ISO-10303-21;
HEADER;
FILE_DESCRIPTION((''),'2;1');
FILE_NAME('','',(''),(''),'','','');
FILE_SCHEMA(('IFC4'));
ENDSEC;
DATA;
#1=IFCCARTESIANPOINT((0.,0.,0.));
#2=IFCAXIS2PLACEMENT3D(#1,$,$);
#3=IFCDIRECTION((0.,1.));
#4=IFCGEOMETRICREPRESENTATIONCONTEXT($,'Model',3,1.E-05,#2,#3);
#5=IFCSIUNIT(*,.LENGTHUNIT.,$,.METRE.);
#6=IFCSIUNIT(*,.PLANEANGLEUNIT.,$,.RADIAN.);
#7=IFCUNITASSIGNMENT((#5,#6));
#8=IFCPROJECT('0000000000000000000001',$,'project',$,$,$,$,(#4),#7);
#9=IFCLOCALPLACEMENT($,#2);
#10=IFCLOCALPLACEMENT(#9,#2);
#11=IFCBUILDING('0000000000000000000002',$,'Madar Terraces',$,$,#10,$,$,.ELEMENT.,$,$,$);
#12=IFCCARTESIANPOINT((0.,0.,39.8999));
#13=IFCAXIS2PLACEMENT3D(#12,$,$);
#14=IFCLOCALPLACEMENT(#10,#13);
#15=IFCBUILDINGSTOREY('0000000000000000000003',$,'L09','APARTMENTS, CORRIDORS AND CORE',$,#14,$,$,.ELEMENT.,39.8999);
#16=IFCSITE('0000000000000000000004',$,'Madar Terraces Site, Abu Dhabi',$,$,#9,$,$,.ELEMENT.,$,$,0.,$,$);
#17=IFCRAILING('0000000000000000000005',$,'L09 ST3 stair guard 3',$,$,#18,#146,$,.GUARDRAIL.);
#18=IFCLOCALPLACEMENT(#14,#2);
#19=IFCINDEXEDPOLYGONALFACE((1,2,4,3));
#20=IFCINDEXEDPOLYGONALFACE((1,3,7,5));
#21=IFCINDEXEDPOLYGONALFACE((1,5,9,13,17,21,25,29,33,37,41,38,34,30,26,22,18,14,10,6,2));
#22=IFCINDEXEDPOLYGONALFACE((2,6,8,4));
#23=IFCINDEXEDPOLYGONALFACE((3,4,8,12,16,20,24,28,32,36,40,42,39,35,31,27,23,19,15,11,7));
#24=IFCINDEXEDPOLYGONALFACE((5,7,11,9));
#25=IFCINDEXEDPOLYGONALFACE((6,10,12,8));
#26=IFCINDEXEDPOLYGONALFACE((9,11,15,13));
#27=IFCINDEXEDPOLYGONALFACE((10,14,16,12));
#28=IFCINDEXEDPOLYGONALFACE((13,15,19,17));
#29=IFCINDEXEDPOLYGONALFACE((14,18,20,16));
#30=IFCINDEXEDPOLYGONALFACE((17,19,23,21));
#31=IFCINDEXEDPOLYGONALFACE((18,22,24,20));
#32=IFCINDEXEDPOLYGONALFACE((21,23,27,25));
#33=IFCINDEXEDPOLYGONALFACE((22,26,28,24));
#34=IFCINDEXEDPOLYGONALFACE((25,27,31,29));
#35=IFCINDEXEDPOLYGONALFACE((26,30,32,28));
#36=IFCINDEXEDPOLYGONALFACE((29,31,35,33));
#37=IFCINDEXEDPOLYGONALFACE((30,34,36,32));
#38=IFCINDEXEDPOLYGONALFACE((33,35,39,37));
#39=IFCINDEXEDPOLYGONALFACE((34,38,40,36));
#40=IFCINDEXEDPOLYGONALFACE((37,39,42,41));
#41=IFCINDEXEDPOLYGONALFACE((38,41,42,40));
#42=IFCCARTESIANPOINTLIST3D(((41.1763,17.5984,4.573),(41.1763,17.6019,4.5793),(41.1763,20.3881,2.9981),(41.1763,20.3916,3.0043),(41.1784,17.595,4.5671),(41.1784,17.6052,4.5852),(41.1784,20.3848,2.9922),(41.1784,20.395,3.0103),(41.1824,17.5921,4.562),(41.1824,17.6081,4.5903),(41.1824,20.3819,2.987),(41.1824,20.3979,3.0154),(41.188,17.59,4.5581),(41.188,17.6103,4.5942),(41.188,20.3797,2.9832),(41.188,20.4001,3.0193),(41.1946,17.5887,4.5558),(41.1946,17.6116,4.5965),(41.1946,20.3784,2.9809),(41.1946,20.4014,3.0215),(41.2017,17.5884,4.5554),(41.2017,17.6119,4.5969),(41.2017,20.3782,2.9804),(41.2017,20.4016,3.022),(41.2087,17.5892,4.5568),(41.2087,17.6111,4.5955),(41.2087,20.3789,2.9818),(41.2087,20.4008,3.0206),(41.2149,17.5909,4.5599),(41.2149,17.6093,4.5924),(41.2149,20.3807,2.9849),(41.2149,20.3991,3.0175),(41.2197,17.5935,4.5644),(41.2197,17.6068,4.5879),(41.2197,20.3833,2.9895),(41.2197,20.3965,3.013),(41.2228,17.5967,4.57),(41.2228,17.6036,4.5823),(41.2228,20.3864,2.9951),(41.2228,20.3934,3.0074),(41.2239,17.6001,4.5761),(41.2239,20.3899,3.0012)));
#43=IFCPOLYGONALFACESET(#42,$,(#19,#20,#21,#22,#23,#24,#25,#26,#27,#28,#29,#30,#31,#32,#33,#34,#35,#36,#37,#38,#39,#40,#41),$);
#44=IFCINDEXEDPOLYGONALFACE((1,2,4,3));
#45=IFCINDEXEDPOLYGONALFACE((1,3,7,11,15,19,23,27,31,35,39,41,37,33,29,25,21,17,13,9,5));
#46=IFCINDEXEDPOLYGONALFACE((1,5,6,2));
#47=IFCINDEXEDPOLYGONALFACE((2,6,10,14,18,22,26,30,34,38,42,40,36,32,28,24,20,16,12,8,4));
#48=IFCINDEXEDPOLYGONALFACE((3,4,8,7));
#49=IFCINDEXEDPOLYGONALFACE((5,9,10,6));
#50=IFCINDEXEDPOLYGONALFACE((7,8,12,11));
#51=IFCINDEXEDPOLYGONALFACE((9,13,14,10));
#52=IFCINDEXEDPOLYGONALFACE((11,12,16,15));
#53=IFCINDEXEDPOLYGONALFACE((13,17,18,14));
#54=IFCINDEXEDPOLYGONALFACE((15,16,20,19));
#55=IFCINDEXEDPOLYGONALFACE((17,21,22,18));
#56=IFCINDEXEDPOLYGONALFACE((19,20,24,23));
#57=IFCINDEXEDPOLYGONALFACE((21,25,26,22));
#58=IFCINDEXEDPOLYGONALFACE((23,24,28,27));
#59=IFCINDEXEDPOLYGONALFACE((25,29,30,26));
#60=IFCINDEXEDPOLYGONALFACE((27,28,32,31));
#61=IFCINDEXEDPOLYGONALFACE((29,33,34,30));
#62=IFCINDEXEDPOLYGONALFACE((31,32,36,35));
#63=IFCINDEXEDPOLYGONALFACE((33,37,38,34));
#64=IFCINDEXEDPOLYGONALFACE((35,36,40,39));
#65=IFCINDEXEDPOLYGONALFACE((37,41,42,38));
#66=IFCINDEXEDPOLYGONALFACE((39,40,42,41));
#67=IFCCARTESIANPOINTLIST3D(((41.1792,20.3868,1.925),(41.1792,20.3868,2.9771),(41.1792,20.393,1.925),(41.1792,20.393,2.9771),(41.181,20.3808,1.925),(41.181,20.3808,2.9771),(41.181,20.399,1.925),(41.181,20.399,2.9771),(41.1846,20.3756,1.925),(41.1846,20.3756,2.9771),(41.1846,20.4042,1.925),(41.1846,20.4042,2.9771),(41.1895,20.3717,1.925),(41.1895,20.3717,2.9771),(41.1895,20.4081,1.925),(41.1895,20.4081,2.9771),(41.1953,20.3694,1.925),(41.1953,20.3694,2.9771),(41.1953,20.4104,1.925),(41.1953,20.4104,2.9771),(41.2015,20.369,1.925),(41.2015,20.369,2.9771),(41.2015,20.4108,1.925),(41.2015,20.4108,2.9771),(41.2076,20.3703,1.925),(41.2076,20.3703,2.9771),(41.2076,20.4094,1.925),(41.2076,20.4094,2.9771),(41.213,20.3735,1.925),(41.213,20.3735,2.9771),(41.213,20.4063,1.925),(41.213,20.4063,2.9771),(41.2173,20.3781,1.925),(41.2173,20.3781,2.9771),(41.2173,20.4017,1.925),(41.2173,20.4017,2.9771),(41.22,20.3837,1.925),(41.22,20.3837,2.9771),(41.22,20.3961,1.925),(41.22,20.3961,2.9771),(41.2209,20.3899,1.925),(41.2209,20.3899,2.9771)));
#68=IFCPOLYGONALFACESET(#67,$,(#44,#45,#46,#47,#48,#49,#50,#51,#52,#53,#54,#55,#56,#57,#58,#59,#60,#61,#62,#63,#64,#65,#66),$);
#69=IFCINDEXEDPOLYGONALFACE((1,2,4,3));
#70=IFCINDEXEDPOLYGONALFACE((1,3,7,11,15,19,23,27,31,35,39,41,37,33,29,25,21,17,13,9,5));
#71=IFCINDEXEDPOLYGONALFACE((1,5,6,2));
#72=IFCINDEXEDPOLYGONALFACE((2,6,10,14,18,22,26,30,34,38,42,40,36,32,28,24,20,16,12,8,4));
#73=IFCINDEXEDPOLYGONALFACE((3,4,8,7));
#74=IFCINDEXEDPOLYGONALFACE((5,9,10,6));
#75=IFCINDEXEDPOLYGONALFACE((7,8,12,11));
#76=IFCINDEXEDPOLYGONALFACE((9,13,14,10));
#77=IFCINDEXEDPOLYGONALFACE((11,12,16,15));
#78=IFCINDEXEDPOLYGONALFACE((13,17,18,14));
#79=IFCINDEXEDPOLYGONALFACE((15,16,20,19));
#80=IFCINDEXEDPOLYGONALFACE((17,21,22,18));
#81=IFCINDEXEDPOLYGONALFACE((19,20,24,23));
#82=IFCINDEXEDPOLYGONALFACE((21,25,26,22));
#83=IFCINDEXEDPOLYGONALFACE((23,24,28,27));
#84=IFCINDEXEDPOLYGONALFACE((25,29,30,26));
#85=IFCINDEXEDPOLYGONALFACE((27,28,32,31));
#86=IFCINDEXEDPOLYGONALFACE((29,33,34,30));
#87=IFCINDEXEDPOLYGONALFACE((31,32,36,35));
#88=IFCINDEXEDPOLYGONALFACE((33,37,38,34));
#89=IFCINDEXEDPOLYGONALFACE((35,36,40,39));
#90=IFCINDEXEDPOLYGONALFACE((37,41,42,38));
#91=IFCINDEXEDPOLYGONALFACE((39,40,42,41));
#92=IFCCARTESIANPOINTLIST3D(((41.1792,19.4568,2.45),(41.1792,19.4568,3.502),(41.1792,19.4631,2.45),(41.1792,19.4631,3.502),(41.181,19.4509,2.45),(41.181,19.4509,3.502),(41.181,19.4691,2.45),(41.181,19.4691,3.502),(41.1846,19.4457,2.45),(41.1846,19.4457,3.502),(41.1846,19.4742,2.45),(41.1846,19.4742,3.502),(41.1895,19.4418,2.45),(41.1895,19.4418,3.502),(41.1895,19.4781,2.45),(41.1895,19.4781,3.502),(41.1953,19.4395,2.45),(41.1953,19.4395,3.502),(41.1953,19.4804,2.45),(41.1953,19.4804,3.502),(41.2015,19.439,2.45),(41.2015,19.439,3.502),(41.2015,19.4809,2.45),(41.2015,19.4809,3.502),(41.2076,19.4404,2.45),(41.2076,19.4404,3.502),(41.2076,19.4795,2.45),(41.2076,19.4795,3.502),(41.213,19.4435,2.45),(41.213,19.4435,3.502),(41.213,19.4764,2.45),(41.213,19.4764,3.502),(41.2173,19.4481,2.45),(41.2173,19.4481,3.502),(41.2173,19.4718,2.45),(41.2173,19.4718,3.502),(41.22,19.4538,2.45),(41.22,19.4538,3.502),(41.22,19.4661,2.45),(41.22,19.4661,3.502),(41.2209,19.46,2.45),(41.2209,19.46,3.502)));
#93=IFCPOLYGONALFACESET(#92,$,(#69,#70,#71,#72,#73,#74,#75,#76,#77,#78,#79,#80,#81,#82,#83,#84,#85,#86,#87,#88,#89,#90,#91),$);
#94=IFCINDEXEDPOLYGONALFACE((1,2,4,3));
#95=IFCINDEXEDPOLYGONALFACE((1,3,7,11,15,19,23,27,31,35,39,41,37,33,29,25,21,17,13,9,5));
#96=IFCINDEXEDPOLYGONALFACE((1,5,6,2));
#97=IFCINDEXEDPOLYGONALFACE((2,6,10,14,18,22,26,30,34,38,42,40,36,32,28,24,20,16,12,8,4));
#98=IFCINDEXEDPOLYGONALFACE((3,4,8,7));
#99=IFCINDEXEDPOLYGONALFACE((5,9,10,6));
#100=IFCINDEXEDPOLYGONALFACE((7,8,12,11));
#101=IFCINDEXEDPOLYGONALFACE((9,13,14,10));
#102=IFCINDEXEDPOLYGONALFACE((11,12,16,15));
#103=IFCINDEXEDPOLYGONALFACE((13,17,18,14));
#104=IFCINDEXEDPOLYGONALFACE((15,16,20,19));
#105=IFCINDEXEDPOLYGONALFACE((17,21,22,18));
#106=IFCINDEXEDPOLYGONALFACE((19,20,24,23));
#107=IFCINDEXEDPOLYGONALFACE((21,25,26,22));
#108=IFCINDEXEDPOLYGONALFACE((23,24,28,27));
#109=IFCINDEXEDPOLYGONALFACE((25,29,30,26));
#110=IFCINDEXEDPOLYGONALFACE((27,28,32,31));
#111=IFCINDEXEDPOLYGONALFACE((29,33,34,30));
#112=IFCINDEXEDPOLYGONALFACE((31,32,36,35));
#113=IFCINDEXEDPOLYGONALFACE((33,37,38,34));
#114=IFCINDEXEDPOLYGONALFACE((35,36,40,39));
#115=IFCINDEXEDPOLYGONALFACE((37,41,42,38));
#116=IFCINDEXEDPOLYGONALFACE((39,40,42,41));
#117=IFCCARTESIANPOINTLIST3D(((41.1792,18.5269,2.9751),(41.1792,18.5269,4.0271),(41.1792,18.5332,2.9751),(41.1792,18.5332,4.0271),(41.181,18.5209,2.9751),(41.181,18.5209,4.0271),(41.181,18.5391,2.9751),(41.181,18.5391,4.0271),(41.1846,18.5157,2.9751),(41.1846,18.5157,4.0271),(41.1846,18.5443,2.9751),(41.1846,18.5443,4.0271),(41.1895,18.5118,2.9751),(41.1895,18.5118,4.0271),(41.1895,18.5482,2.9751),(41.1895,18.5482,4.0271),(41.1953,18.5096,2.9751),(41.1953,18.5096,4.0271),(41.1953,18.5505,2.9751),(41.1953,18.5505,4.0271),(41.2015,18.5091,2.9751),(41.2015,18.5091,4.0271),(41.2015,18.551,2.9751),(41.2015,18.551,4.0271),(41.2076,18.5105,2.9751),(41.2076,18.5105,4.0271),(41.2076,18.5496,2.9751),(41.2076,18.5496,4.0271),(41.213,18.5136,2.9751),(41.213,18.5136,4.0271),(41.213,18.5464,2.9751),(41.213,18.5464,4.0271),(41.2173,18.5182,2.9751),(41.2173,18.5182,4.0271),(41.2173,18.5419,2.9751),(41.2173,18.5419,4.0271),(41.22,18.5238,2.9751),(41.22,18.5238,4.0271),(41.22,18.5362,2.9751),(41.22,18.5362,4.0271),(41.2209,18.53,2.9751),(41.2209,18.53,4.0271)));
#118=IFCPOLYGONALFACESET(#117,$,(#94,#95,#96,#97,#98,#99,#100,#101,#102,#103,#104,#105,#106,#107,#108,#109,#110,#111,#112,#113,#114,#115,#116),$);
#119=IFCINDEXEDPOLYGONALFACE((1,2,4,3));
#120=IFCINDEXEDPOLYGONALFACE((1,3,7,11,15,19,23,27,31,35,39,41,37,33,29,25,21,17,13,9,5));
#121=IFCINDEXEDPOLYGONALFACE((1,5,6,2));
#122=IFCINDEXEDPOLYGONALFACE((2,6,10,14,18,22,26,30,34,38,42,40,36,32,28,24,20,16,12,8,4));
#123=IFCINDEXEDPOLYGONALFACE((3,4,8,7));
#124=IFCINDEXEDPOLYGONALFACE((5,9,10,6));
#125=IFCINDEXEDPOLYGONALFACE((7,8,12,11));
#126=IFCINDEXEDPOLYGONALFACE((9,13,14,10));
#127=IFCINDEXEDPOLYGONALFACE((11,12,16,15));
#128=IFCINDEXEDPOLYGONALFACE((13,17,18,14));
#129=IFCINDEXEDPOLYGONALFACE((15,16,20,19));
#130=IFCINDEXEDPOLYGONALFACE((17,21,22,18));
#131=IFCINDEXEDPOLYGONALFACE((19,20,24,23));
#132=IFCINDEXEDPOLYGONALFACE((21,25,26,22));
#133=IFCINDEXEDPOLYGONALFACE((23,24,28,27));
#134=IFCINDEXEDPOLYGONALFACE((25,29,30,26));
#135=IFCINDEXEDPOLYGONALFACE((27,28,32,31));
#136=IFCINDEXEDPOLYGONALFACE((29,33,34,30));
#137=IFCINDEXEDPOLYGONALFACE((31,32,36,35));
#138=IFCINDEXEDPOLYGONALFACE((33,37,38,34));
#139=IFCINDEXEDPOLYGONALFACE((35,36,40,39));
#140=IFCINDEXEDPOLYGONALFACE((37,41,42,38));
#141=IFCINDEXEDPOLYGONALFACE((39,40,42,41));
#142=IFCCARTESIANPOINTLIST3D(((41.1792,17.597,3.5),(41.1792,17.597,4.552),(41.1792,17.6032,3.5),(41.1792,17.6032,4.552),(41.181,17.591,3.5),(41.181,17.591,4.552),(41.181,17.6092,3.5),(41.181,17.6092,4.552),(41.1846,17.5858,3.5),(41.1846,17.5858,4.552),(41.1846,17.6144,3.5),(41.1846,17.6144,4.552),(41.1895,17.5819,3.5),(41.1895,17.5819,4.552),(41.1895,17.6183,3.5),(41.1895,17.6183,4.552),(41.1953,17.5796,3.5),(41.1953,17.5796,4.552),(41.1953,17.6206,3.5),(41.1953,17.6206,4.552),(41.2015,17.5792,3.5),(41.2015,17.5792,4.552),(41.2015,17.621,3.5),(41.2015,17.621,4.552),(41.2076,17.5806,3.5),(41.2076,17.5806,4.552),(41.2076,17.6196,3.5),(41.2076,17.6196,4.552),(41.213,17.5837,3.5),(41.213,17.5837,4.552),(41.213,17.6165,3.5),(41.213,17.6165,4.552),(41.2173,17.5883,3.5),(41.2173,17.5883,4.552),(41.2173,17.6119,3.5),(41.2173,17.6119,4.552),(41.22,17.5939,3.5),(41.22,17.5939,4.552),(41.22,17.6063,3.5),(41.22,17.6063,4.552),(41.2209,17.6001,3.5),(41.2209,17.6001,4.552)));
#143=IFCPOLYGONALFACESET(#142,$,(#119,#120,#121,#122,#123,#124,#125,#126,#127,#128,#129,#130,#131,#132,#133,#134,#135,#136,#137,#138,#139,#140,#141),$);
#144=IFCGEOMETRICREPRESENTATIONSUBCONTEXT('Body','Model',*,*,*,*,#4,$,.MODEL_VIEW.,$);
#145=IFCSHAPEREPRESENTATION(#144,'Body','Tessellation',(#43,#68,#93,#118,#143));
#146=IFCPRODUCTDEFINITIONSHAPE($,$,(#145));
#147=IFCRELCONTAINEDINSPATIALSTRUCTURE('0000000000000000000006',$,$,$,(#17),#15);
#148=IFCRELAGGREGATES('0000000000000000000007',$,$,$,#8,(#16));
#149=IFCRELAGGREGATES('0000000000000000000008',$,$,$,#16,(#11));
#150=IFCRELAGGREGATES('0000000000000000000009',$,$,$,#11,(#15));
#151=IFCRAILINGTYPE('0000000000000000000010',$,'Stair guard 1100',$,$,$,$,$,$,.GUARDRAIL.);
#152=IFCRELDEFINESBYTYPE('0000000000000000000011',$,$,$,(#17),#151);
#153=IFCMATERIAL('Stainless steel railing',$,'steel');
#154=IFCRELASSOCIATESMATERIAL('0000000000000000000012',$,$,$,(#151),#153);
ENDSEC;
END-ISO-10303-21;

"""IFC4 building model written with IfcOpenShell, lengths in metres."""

from ifc_helpers import new_model, si_unit, direction, frame, origin, origin_2d, place, context, subcontext, project, spatial, circle, extrude, material, type_object, element, save


model = new_model("IFC4")

# Units and contexts
model_context = context("Model", 3, precision=1e-05, world=origin(), true_north=direction((0.0, 1.0)))
body_context = subcontext(model_context, "Body", "Model", "MODEL_VIEW")
ifc_project = project(units=[si_unit("LENGTHUNIT", "METRE"), si_unit("PLANEANGLEUNIT", "RADIAN")], contexts=[model_context])

# Site, building, storey
site_placement = place(None, origin())
site = spatial("IfcSite", under=ifc_project, at=site_placement, Name="Madar Terraces Site, Abu Dhabi", CompositionType="ELEMENT", RefElevation=0.0)
building_placement = place(site_placement, origin())
building = spatial("IfcBuilding", under=site, at=building_placement, Name="Madar Terraces", CompositionType="ELEMENT")
storey_placement = place(building_placement, frame((0.0, 0.0, 39.8999)))
storey = spatial("IfcBuildingStorey", under=building, at=storey_placement, Name="L09", Description="APARTMENTS, CORRIDORS AND CORE", CompositionType="ELEMENT", Elevation=39.8999)

# Railing
ifc_material_1 = material(Name="Stainless steel railing", Category="steel")
railing_type_1 = type_object("IfcRailingType", Name="Stair guard 1100", PredefinedType="GUARDRAIL", material=ifc_material_1)
railing_1_placement = place(storey_placement, frame((41.2, 20.3899, 1.925)))
element("IfcRailing", 1, at=railing_1_placement, inside=storey, type_object=railing_type_1, Name="L09 ST3 stair guard 3", PredefinedType="GUARDRAIL", context=body_context, shape_type="SweptSolid", body=[
    extrude(circle(Radius=0.0239, at=origin_2d()), frame((0.0, 0.0, 1.0762), z_axis=(0.0, -0.870815, 0.49161), x_axis=(1.0, 0.0, 0.0)), (0.0, 0.0, 1.0), 3.2036),
    extrude(circle(Radius=0.021, at=origin_2d()), origin(), (0.0, 0.0, 1.0), 1.052),
    extrude(circle(Radius=0.021, at=origin_2d()), frame((0.0, -0.9299, 0.5249)), (0.0, 0.0, 1.0), 1.052),
    extrude(circle(Radius=0.021, at=origin_2d()), frame((0.0, -1.8599, 1.05)), (0.0, 0.0, 1.0), 1.052),
    extrude(circle(Radius=0.021, at=origin_2d()), frame((0.0, -2.7898, 1.575)), (0.0, 0.0, 1.0), 1.052),
])

save(model, "model.ifc")
